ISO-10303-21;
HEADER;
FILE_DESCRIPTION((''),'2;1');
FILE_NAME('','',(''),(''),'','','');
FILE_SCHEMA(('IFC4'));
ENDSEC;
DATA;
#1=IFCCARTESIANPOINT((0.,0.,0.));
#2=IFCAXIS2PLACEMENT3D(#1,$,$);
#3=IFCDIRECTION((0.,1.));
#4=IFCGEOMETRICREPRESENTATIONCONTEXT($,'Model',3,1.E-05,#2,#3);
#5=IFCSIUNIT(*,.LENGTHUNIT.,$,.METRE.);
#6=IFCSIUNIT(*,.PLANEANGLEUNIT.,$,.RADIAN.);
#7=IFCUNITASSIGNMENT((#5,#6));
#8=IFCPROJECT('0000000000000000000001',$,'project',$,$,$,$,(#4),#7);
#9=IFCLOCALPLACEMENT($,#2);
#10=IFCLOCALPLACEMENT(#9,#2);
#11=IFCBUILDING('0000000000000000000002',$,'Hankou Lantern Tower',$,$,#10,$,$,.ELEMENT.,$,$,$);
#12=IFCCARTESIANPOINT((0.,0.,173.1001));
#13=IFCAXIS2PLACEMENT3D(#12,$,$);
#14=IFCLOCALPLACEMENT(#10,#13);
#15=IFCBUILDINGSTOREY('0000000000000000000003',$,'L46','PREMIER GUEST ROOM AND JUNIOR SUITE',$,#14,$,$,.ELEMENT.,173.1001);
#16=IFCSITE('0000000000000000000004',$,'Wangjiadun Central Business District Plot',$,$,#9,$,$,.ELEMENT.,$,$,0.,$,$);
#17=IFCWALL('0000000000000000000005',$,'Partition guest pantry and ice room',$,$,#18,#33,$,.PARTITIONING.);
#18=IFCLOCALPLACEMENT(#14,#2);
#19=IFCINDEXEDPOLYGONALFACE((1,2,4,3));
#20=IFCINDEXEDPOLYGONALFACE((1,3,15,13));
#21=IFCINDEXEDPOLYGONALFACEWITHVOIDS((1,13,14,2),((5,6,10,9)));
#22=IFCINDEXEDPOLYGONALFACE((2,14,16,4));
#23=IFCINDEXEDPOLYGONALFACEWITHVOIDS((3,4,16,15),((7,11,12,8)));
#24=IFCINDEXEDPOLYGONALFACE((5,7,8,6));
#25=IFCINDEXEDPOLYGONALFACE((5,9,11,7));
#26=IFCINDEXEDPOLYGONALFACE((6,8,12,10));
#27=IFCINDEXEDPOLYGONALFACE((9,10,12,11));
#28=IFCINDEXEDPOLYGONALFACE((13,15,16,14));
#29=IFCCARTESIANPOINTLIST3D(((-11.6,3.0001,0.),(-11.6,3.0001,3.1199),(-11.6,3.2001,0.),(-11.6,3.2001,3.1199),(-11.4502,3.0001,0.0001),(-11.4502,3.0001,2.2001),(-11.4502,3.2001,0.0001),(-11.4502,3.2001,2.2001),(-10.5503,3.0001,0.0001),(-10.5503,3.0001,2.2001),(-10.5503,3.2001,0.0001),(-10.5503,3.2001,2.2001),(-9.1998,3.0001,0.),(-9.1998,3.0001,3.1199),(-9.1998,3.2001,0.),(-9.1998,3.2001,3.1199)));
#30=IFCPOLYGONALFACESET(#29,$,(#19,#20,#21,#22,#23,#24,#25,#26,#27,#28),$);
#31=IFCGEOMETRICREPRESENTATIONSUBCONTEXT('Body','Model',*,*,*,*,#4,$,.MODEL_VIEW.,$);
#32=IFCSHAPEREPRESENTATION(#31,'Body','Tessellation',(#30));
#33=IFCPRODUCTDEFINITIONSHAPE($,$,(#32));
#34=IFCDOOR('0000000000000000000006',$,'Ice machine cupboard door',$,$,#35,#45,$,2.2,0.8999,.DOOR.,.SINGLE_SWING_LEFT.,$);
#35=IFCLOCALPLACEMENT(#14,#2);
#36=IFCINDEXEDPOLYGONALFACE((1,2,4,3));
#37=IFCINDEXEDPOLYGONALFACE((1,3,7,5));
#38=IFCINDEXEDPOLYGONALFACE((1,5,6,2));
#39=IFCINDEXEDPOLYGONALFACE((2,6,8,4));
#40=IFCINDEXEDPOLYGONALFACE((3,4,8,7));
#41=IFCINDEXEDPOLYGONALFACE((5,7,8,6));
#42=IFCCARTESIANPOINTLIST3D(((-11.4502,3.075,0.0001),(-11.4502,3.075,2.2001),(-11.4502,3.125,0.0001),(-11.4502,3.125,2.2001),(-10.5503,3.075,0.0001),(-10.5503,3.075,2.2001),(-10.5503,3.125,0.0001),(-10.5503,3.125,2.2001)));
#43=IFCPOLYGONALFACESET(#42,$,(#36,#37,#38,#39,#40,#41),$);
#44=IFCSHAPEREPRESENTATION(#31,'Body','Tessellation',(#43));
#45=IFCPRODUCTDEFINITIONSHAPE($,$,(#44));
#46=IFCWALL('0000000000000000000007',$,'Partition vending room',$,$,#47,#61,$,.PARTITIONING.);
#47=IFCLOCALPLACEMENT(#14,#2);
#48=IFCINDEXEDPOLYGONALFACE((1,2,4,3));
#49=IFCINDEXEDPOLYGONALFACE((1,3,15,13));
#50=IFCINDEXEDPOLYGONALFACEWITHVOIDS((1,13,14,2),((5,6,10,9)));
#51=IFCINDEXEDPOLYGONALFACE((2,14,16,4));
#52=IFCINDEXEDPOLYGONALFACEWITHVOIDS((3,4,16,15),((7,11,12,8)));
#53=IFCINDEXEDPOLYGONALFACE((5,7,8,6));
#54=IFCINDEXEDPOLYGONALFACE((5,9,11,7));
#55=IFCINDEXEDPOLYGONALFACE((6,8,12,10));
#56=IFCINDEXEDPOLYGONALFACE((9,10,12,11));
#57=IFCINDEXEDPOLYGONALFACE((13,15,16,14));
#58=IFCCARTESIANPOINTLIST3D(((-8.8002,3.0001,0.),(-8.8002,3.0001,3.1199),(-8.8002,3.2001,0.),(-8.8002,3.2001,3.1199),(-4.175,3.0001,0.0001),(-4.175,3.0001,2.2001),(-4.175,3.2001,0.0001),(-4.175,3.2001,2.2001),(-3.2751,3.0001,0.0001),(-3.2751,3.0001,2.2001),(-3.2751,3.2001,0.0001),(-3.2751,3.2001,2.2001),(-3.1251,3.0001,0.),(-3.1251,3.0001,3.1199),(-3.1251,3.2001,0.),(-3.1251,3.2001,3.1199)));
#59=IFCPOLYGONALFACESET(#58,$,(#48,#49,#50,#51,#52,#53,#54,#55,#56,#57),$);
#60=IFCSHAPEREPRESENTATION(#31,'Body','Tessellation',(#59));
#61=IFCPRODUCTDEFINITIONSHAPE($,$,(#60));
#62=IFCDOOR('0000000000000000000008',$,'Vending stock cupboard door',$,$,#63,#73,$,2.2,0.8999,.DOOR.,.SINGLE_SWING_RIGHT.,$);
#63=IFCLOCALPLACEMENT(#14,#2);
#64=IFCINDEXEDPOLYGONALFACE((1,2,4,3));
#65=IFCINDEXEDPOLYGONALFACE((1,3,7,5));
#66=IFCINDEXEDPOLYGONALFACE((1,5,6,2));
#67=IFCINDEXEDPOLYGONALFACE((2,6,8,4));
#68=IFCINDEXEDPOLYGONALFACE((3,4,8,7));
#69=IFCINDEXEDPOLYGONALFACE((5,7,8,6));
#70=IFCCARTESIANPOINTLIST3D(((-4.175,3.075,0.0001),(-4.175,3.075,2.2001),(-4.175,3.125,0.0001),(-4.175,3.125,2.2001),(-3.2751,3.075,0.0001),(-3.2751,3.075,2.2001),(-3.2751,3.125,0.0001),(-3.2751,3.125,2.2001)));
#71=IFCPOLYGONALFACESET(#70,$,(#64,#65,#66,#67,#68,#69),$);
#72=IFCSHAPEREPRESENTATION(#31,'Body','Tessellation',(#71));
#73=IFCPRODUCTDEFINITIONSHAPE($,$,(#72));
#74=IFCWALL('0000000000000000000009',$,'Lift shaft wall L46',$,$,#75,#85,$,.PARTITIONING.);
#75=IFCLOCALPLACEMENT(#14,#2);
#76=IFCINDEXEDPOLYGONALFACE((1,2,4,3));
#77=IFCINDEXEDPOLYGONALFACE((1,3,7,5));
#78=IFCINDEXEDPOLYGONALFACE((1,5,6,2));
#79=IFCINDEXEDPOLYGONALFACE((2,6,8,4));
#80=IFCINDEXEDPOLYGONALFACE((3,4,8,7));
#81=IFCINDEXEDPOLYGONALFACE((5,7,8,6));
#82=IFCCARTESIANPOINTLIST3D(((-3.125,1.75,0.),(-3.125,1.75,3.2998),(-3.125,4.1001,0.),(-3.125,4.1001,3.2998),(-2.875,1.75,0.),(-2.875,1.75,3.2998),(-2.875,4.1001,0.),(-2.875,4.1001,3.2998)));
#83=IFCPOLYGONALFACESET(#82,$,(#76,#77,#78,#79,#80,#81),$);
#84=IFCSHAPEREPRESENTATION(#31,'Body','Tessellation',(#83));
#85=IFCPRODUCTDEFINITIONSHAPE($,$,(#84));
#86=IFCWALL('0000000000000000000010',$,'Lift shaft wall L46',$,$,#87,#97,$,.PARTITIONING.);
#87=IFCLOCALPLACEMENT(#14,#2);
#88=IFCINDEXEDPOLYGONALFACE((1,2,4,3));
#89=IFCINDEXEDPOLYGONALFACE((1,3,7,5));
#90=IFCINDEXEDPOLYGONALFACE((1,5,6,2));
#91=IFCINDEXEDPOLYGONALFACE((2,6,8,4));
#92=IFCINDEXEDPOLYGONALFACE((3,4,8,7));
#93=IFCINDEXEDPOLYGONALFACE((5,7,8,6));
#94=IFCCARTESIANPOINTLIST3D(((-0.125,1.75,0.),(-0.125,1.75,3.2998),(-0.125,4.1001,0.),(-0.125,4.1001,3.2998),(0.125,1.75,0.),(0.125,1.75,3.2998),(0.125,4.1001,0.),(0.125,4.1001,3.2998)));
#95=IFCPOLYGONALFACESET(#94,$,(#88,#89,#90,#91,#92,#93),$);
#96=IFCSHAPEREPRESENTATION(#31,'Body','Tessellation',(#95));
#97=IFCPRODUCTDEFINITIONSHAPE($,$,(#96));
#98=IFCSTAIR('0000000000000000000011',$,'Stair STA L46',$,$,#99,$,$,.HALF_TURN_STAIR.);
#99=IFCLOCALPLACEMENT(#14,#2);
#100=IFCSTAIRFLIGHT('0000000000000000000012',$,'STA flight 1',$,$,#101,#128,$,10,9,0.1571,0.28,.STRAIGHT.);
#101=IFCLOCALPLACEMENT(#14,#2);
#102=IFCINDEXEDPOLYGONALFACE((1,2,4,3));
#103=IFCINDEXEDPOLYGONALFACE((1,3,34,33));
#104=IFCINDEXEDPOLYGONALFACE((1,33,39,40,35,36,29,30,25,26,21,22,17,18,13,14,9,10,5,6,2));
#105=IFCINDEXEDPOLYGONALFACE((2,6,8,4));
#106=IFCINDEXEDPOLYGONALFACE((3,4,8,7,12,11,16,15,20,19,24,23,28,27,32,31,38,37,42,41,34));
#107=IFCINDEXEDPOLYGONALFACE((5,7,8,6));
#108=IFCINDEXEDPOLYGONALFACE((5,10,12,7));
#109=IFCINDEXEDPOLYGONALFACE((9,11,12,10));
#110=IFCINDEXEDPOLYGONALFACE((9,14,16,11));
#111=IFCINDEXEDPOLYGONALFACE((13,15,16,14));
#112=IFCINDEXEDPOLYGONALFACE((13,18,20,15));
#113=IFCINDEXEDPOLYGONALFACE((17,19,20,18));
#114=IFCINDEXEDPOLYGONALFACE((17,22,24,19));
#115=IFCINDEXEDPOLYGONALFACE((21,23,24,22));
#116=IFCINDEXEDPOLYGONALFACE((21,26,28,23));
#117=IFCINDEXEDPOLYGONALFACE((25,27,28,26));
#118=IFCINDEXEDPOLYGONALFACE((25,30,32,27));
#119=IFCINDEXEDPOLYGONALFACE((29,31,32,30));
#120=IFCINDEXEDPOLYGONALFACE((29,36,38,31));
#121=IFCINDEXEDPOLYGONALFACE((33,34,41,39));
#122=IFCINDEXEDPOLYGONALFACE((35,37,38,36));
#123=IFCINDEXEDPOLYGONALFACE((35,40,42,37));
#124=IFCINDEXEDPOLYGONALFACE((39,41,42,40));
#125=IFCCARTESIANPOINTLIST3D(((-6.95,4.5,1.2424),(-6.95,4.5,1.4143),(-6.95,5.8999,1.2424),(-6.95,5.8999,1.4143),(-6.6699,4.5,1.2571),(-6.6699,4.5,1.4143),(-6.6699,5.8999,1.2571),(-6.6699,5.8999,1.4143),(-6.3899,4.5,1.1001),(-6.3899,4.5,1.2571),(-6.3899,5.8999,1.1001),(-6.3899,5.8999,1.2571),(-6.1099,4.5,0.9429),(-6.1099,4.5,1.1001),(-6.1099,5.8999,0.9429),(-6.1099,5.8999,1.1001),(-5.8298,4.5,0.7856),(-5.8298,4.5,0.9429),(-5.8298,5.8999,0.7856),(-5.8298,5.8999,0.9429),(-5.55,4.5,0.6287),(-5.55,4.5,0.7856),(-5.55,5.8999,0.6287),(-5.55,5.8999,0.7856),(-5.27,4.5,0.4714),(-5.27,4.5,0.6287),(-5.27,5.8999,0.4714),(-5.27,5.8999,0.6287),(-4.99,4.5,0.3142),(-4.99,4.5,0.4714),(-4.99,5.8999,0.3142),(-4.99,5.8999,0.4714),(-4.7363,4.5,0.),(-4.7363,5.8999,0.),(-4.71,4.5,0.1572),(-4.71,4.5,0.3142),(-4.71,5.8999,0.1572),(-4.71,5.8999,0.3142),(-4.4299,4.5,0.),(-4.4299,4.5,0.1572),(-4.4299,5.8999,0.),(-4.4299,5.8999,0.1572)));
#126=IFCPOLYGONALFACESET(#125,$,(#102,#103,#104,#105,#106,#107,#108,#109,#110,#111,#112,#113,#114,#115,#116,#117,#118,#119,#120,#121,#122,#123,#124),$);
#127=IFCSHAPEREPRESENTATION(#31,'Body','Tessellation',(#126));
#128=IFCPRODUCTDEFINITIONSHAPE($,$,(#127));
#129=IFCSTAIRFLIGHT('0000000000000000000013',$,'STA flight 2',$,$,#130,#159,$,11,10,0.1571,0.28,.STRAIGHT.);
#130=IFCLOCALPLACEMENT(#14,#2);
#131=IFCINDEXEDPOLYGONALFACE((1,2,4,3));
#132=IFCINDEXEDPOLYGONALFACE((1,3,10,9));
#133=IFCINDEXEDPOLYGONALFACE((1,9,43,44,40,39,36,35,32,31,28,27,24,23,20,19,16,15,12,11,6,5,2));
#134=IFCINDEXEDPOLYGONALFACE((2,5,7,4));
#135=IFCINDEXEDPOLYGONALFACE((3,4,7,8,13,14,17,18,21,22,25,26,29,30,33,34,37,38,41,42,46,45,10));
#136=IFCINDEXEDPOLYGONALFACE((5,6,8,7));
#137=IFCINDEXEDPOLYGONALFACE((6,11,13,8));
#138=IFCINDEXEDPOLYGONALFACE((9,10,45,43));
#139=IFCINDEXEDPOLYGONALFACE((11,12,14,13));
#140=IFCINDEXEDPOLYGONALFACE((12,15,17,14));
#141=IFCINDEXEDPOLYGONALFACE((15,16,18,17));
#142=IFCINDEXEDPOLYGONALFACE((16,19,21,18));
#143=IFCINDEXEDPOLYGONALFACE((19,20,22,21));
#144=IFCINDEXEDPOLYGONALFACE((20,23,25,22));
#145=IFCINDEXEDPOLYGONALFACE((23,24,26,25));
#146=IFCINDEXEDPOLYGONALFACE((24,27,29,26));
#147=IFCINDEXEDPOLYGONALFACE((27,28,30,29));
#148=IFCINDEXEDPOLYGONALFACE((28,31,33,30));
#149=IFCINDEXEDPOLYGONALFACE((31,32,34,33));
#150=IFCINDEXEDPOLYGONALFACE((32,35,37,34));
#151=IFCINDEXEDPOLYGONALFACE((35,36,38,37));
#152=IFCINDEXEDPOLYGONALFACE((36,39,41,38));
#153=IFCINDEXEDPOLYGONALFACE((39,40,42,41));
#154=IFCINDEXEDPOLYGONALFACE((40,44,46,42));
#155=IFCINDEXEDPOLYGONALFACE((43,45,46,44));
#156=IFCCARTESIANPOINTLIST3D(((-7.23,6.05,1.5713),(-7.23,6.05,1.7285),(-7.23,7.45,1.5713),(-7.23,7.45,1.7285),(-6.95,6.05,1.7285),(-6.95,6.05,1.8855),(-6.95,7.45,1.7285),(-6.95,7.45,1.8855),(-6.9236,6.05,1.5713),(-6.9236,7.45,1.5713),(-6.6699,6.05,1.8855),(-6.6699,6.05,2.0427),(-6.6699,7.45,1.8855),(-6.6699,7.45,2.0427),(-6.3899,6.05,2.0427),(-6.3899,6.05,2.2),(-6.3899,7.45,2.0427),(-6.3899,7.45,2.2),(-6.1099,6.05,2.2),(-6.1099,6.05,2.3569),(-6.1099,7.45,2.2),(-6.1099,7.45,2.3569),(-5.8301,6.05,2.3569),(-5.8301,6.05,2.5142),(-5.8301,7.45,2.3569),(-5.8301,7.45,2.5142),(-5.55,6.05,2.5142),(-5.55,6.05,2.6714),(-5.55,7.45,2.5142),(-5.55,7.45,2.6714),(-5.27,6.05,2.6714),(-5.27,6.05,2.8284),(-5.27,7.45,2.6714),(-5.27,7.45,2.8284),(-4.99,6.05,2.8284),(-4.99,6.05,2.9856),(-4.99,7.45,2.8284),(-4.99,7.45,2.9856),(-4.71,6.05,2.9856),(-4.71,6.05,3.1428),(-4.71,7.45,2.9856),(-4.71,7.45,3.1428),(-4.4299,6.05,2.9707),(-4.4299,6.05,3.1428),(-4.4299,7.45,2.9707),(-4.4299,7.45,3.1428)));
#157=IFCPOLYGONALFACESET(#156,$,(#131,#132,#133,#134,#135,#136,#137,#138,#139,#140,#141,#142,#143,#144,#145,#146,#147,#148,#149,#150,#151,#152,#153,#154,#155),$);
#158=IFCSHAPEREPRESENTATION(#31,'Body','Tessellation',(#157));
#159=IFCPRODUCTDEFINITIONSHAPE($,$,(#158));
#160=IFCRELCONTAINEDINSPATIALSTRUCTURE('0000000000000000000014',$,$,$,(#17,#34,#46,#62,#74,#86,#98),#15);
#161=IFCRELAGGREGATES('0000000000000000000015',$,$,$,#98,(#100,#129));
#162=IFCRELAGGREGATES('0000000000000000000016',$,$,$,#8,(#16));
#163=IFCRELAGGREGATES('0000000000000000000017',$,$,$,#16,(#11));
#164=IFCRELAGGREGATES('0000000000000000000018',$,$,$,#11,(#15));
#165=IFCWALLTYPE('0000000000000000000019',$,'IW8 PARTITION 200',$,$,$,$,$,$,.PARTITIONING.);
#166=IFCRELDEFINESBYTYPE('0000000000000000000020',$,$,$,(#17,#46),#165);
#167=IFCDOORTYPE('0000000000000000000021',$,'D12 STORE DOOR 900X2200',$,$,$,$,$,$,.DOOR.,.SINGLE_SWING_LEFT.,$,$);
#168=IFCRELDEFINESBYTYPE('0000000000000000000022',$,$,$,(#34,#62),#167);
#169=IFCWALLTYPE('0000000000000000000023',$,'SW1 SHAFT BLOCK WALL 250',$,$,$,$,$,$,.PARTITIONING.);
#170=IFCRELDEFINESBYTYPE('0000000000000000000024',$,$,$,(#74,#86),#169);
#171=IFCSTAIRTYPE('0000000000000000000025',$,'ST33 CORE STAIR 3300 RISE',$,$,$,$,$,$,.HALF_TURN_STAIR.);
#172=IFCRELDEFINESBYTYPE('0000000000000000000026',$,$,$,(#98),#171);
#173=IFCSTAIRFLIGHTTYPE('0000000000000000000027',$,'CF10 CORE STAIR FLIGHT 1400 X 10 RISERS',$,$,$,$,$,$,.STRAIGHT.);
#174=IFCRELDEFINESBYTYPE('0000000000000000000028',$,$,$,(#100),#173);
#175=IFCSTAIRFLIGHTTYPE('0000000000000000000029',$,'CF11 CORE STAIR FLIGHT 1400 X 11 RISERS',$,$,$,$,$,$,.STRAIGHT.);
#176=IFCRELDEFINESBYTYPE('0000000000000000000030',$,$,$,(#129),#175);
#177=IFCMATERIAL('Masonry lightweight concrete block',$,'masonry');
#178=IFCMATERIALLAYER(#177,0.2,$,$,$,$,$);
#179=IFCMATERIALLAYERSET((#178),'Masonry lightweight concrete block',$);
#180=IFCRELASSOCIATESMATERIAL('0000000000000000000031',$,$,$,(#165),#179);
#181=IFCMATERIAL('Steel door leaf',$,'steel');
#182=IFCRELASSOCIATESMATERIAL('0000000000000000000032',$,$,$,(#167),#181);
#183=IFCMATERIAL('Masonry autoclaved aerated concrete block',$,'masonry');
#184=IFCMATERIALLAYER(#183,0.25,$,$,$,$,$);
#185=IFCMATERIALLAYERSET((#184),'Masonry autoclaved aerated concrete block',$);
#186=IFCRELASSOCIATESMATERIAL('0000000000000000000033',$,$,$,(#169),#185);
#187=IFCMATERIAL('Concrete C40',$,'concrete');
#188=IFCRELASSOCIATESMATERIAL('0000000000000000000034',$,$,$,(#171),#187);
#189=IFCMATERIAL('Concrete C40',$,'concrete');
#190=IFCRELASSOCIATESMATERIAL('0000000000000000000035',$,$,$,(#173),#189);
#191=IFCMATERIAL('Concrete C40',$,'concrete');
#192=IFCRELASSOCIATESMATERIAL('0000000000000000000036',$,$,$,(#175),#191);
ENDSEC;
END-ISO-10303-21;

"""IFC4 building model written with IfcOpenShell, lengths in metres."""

from ifc_helpers import new_model, si_unit, direction, frame, frame_2d, origin, place, context, subcontext, project, spatial, polyline, rectangle, outline, extrude, material, layer, layer_set, type_object, element, fill, aggregate, save


model = new_model("IFC4")

# Units and contexts
model_context = context("Model", 3, precision=1e-05, world=origin(), true_north=direction((0.0, 1.0)))
body_context = subcontext(model_context, "Body", "Model", "MODEL_VIEW")
ifc_project = project(units=[si_unit("LENGTHUNIT", "METRE"), si_unit("PLANEANGLEUNIT", "RADIAN")], contexts=[model_context])

# Site, building, storey
site_placement = place(None, origin())
site = spatial("IfcSite", under=ifc_project, at=site_placement, Name="Wangjiadun Central Business District Plot", CompositionType="ELEMENT", RefElevation=0.0)
building_placement = place(site_placement, origin())
building = spatial("IfcBuilding", under=site, at=building_placement, Name="Hankou Lantern Tower", CompositionType="ELEMENT")
storey_placement = place(building_placement, frame((0.0, 0.0, 173.1001)))
storey = spatial("IfcBuildingStorey", under=building, at=storey_placement, Name="L46", Description="PREMIER GUEST ROOM AND JUNIOR SUITE", CompositionType="ELEMENT", Elevation=173.1001)

# Walls, openings, doors
ifc_material_1 = material(Name="Masonry lightweight concrete block", Category="masonry")
ifc_layer_1 = layer(ifc_material_1, 0.2)
ifc_layer_set_1 = layer_set([ifc_layer_1], Name="Masonry lightweight concrete block")
wall_type_1 = type_object("IfcWallType", Name="IW8 PARTITION 200", PredefinedType="PARTITIONING", material=ifc_layer_set_1)
wall_1_placement = place(storey_placement, frame((-11.6001, 3.1001, 0.0), z_axis=(0.0, 0.0, 1.0), x_axis=(1.0, 0.0, 0.0)))
wall_1 = element("IfcWall", 1, at=wall_1_placement, inside=storey, type_object=wall_type_1, Name="Partition guest pantry and ice room", PredefinedType="PARTITIONING", context=body_context, shape_type="SweptSolid", body=[
    extrude(rectangle(XDim=2.4001, YDim=0.2, at=frame_2d((1.2002, 0.0))), origin(), (0.0, 0.0, 1.0), 3.1199),
])
opening_1_placement = place(wall_1_placement, frame((0.1499, 0.0, 0.0)))
opening_1 = element("IfcOpeningElement", 2, at=opening_1_placement, cuts=wall_1, PredefinedType="OPENING", context=body_context, shape_type="SweptSolid", body=[
    extrude(rectangle(XDim=0.8999, YDim=2.2, at=frame_2d((0.45, 1.1001))), frame((0.0, 0.1099, 0.0), z_axis=(0.0, -1.0, 0.0), x_axis=(1.0, 0.0, 0.0)), (0.0, 0.0, 1.0), 0.22),
])
ifc_material_2 = material(Name="Steel door leaf", Category="steel")
door_type_1 = type_object("IfcDoorType", Name="D12 STORE DOOR 900X2200", OperationType="SINGLE_SWING_LEFT", PredefinedType="DOOR", material=ifc_material_2)
door_1_placement = place(opening_1_placement, origin())
door_1 = element("IfcDoor", 3, at=door_1_placement, inside=storey, type_object=door_type_1, Name="Ice machine cupboard door", OperationType="SINGLE_SWING_LEFT", OverallHeight=2.2, OverallWidth=0.8999, PredefinedType="DOOR", context=body_context, shape_type="SweptSolid", body=[
    extrude(rectangle(XDim=0.8999, YDim=2.2, at=frame_2d((0.45, 1.1001))), frame((0.0, 0.0249, 0.0), z_axis=(0.0, -1.0, 0.0), x_axis=(1.0, 0.0, 0.0)), (0.0, 0.0, 1.0), 0.05),
])
fill(opening_1, door_1)
wall_2_placement = place(storey_placement, frame((-8.8, 3.1001, 0.0), z_axis=(0.0, 0.0, 1.0), x_axis=(1.0, 0.0, 0.0)))
wall_2 = element("IfcWall", 4, at=wall_2_placement, inside=storey, type_object=wall_type_1, Name="Partition vending room", PredefinedType="PARTITIONING", context=body_context, shape_type="SweptSolid", body=[
    extrude(rectangle(XDim=5.675, YDim=0.2, at=frame_2d((2.8374, 0.0))), origin(), (0.0, 0.0, 1.0), 3.1199),
])
opening_2_placement = place(wall_2_placement, frame((4.625, 0.0, 0.0)))
opening_2 = element("IfcOpeningElement", 5, at=opening_2_placement, cuts=wall_2, PredefinedType="OPENING", context=body_context, shape_type="SweptSolid", body=[
    extrude(rectangle(XDim=0.8999, YDim=2.2, at=frame_2d((0.45, 1.1001))), frame((0.0, 0.1099, 0.0), z_axis=(0.0, -1.0, 0.0), x_axis=(1.0, 0.0, 0.0)), (0.0, 0.0, 1.0), 0.22),
])
door_2_placement = place(opening_2_placement, origin())
door_2 = element("IfcDoor", 6, at=door_2_placement, inside=storey, type_object=door_type_1, Name="Vending stock cupboard door", OperationType="SINGLE_SWING_RIGHT", OverallHeight=2.2, OverallWidth=0.8999, PredefinedType="DOOR", context=body_context, shape_type="SweptSolid", body=[
    extrude(rectangle(XDim=0.8999, YDim=2.2, at=frame_2d((0.45, 1.1001))), frame((0.0, 0.0249, 0.0), z_axis=(0.0, -1.0, 0.0), x_axis=(1.0, 0.0, 0.0)), (0.0, 0.0, 1.0), 0.05),
])
fill(opening_2, door_2)

# Walls
ifc_material_3 = material(Name="Masonry autoclaved aerated concrete block", Category="masonry")
ifc_layer_2 = layer(ifc_material_3, 0.25)
ifc_layer_set_2 = layer_set([ifc_layer_2], Name="Masonry autoclaved aerated concrete block")
wall_type_2 = type_object("IfcWallType", Name="SW1 SHAFT BLOCK WALL 250", PredefinedType="PARTITIONING", material=ifc_layer_set_2)
for number, where, z_axis, x_axis, name in (
    (7, (-3.0, 1.75, 0.0), (0.0, 0.0, 1.0), (0.0, 1.0, 0.0), "Lift shaft wall L46"),
    (8, (0.0, 1.75, 0.0), (0.0, 0.0, 1.0), (0.0, 1.0, 0.0), "Lift shaft wall L46"),
):
    element("IfcWall", number, at=place(storey_placement, frame(where, z_axis=z_axis, x_axis=x_axis)), inside=storey, type_object=wall_type_2, Name=name, PredefinedType="PARTITIONING", context=body_context, shape_type="SweptSolid", body=[
        extrude(rectangle(XDim=2.3501, YDim=0.25, at=frame_2d((1.175, 0.0))), origin(), (0.0, 0.0, 1.0), 3.2998),
    ])

# Stair, stair flights
ifc_material_4 = material(Name="Concrete C40", Category="concrete")
stair_type = type_object("IfcStairType", Name="ST33 CORE STAIR 3300 RISE", PredefinedType="HALF_TURN_STAIR", material=ifc_material_4)
stair_placement = place(storey_placement, origin())
stair = element("IfcStair", 9, at=stair_placement, inside=storey, type_object=stair_type, Name="Stair STA L46", PredefinedType="HALF_TURN_STAIR")
ifc_material_5 = material(Name="Concrete C40", Category="concrete")
stair_flight_type_1 = type_object("IfcStairFlightType", Name="CF10 CORE STAIR FLIGHT 1400 X 10 RISERS", PredefinedType="STRAIGHT", material=ifc_material_5)
stair_flight_1_placement = place(storey_placement, frame((-4.4299, 5.2, 0.0), z_axis=(0.0, 0.0, 1.0), x_axis=(-1.0, 0.0, 0.0)))
stair_flight_1 = element("IfcStairFlight", 10, at=stair_flight_1_placement, type_object=stair_flight_type_1, Name="STA flight 1", NumberOfRisers=10, NumberOfTreads=9, PredefinedType="STRAIGHT", RiserHeight=0.1571, TreadLength=0.28, context=body_context, shape_type="SweptSolid", body=[
    extrude(outline(polyline([(0.0, 0.0), (0.0, 0.1572), (0.28, 0.1572), (0.28, 0.3142), (0.5601, 0.3142), (0.5601, 0.4714), (0.8401, 0.4714), (0.8401, 0.6287), (1.1201, 0.6287), (1.1201, 0.7856), (1.3999, 0.7856), (1.3999, 0.9429), (1.6799, 0.9429), (1.6799, 1.1001), (1.96, 1.1001), (1.96, 1.2571), (2.24, 1.2571), (2.24, 1.4143), (2.52, 1.4143), (2.52, 1.5715), (2.52, 1.2424), (0.3064, 0.0), (0.0, 0.0)])), frame((0.0, 0.7, 0.0), z_axis=(0.0, -1.0, 0.0), x_axis=(1.0, 0.0, 0.0)), (0.0, 0.0, 1.0), 1.3999),
])
ifc_material_6 = material(Name="Concrete C40", Category="concrete")
stair_flight_type_2 = type_object("IfcStairFlightType", Name="CF11 CORE STAIR FLIGHT 1400 X 11 RISERS", PredefinedType="STRAIGHT", material=ifc_material_6)
stair_flight_2_placement = place(storey_placement, frame((-7.23, 6.75, 1.5713), z_axis=(0.0, 0.0, 1.0), x_axis=(1.0, 0.0, 0.0)))
stair_flight_2 = element("IfcStairFlight", 11, at=stair_flight_2_placement, type_object=stair_flight_type_2, Name="STA flight 2", NumberOfRisers=11, NumberOfTreads=10, PredefinedType="STRAIGHT", RiserHeight=0.1571, TreadLength=0.28, context=body_context, shape_type="SweptSolid", body=[
    extrude(outline(polyline([(0.0, 0.0), (0.0, 0.1572), (0.28, 0.1572), (0.28, 0.3142), (0.5601, 0.3142), (0.5601, 0.4714), (0.8401, 0.4714), (0.8401, 0.6287), (1.1201, 0.6287), (1.1201, 0.7856), (1.3999, 0.7856), (1.3999, 0.9429), (1.6799, 0.9429), (1.6799, 1.1001), (1.96, 1.1001), (1.96, 1.2571), (2.24, 1.2571), (2.24, 1.4143), (2.52, 1.4143), (2.52, 1.5715), (2.8, 1.5715), (2.8, 1.7285), (2.8, 1.3994), (0.3064, 0.0), (0.0, 0.0)])), frame((0.0, 0.7, 0.0), z_axis=(0.0, -1.0, 0.0), x_axis=(1.0, 0.0, 0.0)), (0.0, 0.0, 1.0), 1.3999),
])
aggregate(stair, [stair_flight_1, stair_flight_2])

save(model, "model.ifc")
